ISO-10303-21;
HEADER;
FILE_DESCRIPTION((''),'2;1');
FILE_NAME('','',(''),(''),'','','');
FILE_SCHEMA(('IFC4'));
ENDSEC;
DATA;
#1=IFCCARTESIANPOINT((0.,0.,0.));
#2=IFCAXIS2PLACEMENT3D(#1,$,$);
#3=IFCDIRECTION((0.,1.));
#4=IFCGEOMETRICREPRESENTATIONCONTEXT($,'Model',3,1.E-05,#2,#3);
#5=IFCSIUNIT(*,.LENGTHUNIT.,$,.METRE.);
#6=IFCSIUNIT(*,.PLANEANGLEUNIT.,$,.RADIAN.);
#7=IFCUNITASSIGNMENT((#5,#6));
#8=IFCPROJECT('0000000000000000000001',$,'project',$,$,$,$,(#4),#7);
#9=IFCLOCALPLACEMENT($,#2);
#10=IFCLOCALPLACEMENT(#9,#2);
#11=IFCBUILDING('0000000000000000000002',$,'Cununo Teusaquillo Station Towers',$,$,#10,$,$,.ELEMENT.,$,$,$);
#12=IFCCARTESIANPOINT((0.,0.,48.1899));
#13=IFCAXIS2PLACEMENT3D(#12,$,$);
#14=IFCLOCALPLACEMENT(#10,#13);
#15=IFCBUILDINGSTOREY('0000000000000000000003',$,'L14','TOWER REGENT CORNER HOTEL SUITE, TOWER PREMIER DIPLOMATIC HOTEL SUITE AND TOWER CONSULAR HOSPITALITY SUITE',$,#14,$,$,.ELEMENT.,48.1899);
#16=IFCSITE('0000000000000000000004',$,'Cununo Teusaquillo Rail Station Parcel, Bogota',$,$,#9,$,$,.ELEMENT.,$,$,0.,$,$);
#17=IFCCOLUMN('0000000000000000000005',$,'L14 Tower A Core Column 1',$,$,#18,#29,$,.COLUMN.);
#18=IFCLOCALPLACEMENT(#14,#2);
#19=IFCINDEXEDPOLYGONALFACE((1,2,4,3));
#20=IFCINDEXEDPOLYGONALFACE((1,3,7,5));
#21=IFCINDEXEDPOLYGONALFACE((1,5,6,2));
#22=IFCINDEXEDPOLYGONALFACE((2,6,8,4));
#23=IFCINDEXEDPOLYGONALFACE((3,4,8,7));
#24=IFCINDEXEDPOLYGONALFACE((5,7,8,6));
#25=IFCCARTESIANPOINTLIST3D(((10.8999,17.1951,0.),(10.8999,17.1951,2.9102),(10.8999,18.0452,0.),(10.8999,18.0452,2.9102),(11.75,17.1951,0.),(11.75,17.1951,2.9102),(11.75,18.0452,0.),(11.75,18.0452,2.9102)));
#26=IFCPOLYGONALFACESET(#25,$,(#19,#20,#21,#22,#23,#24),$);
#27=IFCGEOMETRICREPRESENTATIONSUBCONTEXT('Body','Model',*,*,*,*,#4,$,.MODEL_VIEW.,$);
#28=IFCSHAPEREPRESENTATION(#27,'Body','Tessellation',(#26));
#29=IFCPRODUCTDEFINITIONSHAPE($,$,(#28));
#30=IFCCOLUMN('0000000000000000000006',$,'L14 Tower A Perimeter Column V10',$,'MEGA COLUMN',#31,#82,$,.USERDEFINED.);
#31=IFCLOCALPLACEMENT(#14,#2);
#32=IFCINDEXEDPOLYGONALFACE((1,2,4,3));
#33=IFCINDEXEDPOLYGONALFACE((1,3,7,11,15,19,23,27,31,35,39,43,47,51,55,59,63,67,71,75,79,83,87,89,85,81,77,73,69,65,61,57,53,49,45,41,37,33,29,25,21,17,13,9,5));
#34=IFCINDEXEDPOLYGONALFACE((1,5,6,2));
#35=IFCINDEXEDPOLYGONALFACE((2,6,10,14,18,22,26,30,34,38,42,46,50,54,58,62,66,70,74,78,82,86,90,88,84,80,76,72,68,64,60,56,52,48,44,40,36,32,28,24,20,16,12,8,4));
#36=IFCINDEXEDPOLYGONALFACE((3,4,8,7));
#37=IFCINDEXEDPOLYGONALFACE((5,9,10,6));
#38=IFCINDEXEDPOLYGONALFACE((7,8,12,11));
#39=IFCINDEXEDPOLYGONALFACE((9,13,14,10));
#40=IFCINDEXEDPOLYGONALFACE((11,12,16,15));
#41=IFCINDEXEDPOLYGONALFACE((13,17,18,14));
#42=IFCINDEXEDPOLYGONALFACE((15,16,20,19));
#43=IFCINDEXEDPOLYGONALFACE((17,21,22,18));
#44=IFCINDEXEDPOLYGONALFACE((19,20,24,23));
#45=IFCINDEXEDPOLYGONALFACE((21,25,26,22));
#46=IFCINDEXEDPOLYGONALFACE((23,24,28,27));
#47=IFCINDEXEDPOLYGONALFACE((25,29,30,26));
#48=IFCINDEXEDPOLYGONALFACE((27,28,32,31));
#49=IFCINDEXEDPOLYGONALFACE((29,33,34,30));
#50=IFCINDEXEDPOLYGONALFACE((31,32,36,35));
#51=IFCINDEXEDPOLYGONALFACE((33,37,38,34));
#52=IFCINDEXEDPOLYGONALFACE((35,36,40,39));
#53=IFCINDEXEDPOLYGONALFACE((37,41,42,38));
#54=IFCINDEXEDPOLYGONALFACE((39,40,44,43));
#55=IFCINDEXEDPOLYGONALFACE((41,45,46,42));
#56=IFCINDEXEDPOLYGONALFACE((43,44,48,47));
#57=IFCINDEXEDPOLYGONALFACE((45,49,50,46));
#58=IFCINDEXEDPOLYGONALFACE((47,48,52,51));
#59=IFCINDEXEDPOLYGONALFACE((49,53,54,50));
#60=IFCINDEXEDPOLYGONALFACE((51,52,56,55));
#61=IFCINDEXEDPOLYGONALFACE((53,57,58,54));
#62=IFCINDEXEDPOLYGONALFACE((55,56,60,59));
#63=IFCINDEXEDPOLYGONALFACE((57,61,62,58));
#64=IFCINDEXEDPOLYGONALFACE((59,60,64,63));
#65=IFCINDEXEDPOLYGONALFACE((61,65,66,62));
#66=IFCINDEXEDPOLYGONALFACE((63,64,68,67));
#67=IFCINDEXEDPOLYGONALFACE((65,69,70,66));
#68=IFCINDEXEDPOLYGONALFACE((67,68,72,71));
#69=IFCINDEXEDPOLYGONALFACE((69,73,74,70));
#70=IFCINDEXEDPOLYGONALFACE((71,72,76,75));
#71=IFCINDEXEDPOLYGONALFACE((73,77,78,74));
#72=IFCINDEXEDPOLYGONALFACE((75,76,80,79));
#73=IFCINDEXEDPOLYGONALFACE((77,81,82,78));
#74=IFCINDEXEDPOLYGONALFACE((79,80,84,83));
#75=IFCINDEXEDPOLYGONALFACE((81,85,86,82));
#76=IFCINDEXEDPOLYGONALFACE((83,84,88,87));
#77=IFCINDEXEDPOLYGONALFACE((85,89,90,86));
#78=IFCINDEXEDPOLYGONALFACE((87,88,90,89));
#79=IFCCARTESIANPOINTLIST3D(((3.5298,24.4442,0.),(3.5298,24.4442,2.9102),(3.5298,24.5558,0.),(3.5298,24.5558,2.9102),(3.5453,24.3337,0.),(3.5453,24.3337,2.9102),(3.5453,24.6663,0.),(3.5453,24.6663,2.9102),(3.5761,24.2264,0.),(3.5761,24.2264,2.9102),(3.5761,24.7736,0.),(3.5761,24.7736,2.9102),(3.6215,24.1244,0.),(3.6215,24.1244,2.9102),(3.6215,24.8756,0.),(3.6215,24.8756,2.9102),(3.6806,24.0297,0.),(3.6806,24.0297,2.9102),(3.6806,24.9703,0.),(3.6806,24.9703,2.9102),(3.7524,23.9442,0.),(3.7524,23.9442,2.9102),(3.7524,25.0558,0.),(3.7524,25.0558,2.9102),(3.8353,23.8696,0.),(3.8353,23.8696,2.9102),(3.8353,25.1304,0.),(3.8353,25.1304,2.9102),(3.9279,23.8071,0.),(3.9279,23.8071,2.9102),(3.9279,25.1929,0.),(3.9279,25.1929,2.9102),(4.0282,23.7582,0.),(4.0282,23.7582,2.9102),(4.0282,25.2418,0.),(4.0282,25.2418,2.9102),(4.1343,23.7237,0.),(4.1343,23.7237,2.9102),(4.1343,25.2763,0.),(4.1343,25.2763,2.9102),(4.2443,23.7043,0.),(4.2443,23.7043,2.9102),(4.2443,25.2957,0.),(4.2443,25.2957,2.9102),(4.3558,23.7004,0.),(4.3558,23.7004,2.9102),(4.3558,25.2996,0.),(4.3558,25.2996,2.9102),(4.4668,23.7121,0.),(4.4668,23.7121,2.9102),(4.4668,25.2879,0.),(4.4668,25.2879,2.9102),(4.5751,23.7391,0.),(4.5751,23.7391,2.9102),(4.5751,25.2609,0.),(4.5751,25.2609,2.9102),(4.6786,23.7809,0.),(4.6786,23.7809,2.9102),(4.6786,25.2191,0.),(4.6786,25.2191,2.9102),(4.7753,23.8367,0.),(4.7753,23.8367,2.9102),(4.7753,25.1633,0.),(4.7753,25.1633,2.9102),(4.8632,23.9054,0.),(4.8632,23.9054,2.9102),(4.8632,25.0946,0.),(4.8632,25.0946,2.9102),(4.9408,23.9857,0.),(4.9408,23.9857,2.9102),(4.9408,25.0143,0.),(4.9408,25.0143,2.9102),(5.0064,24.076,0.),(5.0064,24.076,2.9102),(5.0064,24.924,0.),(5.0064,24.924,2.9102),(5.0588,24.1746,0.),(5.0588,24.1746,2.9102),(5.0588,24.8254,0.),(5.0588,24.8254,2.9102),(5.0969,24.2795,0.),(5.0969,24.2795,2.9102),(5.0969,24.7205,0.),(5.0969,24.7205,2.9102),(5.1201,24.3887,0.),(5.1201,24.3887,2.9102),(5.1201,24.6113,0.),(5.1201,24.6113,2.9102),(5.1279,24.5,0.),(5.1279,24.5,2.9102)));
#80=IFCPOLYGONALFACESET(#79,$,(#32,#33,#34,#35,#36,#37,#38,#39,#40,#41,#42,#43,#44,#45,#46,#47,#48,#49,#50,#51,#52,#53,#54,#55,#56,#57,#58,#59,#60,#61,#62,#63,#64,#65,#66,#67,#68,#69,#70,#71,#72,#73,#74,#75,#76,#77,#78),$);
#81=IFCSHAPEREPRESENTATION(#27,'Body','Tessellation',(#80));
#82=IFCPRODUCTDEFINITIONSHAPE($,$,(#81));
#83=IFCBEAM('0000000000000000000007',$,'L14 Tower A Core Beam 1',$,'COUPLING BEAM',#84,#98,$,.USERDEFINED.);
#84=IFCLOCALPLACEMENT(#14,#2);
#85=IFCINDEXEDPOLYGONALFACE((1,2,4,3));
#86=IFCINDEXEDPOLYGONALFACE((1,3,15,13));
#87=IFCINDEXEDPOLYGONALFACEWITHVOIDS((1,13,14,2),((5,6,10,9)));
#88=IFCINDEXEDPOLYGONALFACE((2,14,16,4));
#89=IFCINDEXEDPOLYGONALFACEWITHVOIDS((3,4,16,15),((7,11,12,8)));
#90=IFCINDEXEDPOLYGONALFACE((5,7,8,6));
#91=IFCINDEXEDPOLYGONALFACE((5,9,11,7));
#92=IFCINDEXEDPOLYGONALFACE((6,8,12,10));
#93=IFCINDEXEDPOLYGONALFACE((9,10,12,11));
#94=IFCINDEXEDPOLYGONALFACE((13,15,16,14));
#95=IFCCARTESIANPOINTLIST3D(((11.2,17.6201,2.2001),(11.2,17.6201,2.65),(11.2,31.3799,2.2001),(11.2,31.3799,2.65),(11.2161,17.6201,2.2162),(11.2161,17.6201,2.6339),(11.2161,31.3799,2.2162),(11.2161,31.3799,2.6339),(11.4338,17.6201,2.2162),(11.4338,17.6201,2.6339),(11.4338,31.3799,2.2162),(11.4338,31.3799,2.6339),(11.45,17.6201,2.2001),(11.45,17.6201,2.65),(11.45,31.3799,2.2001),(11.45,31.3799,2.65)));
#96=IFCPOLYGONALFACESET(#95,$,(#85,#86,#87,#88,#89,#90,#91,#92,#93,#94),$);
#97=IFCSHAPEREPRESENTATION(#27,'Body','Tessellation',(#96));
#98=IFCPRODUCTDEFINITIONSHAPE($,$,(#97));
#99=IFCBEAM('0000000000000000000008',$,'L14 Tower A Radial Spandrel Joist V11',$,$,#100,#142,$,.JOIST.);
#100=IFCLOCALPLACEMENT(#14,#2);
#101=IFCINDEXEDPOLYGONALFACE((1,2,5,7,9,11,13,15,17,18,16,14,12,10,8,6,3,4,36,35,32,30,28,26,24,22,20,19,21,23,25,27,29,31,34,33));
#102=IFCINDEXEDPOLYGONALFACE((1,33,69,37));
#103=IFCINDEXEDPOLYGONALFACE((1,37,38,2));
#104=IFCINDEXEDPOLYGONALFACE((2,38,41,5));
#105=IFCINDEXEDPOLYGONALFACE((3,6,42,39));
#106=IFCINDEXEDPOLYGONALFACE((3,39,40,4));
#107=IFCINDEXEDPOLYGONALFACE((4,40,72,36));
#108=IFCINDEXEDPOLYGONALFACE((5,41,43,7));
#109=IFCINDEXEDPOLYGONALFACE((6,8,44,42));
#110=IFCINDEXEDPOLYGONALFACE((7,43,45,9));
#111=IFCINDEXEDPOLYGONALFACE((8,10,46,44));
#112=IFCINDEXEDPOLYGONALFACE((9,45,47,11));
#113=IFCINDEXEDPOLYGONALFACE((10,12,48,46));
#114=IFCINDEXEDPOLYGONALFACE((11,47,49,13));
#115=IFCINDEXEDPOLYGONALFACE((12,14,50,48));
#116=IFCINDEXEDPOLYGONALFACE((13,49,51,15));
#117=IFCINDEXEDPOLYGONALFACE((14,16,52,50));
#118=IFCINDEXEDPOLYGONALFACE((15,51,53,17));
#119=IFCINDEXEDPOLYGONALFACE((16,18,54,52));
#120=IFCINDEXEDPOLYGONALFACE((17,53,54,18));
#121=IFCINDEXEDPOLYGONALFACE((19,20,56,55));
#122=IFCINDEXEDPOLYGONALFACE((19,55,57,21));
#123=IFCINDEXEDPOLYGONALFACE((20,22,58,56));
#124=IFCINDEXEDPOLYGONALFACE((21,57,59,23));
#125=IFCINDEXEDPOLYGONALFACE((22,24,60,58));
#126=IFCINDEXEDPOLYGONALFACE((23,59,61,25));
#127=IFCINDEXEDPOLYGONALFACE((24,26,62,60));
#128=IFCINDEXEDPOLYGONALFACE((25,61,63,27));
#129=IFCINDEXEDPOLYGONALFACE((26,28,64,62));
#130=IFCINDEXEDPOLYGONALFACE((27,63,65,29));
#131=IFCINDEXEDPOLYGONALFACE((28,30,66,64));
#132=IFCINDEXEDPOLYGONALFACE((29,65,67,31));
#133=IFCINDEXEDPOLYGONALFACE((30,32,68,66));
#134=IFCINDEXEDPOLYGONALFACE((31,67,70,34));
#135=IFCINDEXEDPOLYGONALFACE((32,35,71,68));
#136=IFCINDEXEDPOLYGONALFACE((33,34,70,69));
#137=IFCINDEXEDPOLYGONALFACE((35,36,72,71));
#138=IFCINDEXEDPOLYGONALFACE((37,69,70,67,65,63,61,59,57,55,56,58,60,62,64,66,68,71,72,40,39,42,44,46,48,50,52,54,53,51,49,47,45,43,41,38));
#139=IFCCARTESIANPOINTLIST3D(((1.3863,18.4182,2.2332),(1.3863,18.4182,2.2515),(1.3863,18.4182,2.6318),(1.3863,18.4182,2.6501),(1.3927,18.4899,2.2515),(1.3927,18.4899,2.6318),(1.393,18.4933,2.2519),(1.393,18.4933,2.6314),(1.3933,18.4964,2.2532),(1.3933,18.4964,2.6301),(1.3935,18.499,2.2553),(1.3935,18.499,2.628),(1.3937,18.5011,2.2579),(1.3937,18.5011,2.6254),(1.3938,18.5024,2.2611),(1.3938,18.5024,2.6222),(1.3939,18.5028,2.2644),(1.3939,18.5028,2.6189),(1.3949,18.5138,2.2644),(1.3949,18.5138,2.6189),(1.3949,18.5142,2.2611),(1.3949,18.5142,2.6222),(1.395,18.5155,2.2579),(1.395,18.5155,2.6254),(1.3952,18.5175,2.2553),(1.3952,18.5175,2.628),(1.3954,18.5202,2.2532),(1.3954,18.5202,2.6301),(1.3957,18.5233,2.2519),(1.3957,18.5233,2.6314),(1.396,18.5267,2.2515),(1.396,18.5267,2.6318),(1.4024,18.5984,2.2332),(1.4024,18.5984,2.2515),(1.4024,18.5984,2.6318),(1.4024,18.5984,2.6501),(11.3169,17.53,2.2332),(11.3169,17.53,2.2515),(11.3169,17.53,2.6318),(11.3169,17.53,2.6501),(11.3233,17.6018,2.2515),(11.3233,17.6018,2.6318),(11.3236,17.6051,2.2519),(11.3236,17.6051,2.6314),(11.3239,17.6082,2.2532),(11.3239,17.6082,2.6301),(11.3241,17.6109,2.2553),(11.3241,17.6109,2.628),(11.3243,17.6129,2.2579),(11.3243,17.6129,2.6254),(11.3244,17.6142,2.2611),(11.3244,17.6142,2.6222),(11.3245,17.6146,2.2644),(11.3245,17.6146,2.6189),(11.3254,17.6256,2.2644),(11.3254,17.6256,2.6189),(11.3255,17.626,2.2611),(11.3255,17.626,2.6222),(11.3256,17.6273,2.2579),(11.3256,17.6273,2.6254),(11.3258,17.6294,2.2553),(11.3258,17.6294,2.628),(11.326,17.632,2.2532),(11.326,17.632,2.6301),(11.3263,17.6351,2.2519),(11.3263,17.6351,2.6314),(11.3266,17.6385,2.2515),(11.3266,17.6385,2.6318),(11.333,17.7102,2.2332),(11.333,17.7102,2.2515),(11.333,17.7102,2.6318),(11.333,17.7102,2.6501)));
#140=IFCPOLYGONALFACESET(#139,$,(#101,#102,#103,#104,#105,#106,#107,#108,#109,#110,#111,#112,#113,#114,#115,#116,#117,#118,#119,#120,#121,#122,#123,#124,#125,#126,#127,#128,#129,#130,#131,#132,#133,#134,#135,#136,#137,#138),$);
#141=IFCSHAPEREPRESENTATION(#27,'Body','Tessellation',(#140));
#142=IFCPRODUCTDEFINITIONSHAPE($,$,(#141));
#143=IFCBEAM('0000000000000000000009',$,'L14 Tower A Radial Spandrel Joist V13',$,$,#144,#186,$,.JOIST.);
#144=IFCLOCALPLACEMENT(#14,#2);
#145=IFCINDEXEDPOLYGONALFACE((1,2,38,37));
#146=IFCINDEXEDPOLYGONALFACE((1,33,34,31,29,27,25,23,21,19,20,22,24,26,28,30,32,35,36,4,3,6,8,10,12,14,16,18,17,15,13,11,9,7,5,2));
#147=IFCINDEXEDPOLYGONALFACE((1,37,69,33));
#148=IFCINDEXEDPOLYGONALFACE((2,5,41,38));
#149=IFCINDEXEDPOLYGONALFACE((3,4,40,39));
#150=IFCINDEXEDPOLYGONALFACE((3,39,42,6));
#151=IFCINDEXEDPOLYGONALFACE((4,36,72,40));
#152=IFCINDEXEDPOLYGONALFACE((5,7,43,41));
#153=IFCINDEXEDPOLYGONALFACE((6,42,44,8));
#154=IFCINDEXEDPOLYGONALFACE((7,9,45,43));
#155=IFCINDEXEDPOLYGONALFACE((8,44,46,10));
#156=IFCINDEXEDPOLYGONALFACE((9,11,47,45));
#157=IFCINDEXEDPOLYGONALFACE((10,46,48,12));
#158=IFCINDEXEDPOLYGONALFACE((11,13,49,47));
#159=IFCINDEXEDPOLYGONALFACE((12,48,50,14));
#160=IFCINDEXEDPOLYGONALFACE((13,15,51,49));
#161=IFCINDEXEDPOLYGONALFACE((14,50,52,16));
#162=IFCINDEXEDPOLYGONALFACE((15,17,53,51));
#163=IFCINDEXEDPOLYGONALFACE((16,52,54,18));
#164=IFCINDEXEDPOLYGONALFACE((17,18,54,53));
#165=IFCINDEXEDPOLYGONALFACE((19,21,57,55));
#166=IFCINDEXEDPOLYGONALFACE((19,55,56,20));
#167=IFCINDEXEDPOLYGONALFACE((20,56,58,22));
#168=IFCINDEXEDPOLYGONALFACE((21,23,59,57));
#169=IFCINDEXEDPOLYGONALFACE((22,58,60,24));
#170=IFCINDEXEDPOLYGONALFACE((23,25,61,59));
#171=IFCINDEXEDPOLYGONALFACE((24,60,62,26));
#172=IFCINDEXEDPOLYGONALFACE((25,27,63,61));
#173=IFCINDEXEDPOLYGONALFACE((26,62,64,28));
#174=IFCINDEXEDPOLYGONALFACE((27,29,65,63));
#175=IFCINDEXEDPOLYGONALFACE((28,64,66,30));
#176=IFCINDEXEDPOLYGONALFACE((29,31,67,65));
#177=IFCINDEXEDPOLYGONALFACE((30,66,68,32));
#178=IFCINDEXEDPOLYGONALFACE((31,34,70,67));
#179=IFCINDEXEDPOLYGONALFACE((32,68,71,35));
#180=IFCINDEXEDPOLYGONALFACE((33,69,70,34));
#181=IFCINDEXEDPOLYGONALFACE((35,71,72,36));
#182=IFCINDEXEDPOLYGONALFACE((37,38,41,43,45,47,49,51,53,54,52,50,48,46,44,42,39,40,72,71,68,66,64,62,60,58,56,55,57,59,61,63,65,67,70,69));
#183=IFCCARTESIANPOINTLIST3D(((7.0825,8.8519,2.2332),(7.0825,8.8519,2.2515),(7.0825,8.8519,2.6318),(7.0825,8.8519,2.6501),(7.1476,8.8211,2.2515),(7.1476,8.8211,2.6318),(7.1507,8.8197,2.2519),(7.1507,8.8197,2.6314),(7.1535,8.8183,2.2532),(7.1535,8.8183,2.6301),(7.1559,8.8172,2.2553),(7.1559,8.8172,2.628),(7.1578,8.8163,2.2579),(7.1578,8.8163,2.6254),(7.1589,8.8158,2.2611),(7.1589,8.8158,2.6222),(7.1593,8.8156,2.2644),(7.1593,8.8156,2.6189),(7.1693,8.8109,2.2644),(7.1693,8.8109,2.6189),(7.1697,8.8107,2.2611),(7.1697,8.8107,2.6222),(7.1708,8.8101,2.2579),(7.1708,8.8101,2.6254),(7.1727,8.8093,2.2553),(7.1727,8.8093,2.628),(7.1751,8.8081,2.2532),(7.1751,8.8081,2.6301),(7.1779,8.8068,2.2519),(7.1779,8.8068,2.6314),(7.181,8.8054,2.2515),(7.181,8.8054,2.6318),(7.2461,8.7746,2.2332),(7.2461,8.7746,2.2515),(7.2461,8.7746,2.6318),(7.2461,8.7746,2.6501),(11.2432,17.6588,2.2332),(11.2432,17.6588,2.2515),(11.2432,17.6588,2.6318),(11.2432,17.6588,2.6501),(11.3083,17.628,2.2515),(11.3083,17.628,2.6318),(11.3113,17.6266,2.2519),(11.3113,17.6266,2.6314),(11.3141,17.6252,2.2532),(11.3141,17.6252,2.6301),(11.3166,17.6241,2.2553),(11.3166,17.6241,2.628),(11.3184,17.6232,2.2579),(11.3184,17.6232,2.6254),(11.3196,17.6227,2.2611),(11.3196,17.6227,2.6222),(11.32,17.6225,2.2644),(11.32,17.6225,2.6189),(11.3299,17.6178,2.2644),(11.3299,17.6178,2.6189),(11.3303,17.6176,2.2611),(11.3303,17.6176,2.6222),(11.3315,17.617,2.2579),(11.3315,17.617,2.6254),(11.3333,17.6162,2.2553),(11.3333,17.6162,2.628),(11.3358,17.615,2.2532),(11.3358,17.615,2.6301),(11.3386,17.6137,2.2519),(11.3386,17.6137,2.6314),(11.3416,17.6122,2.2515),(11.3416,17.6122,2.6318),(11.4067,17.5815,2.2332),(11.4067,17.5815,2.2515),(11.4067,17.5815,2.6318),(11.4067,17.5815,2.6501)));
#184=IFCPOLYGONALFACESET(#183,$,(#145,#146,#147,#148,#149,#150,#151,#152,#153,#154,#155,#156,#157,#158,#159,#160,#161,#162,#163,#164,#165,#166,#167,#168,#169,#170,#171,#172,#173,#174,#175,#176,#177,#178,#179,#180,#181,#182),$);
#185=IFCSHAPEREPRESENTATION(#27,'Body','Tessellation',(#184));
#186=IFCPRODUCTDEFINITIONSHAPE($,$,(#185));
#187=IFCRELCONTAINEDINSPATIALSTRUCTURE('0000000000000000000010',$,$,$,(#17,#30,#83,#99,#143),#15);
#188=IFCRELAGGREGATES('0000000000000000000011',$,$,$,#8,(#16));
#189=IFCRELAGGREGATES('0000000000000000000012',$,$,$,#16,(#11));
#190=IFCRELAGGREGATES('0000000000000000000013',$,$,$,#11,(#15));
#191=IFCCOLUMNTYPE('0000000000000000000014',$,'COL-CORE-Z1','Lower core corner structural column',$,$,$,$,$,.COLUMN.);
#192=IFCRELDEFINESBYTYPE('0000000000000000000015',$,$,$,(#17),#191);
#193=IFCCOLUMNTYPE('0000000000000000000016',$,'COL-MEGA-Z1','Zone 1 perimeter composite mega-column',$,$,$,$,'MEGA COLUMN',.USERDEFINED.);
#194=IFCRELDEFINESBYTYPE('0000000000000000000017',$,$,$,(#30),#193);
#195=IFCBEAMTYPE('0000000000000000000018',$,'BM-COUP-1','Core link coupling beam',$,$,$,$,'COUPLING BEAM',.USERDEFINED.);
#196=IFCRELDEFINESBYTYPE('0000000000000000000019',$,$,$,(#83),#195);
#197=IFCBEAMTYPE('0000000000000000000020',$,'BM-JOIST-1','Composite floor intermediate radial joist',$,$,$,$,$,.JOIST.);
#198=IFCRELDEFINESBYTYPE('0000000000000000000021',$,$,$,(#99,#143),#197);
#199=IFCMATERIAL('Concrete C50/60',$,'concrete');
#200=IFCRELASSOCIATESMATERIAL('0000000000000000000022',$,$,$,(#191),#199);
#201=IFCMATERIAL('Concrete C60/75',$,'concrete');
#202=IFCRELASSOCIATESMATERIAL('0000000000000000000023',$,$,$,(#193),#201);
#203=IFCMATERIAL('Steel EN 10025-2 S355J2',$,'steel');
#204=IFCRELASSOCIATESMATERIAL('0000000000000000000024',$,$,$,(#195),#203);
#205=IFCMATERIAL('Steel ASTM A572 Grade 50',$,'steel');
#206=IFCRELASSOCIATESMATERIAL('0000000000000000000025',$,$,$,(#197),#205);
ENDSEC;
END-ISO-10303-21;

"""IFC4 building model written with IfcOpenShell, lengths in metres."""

from ifc_helpers import new_model, si_unit, direction, frame, origin, origin_2d, place, context, subcontext, project, spatial, rectangle, hollow_rectangle, circle, i_section, extrude, material, material_profile, profile_set, type_object, element, save


model = new_model("IFC4")

# Units and contexts
model_context = context("Model", 3, precision=1e-05, world=origin(), true_north=direction((0.0, 1.0)))
body_context = subcontext(model_context, "Body", "Model", "MODEL_VIEW")
ifc_project = project(units=[si_unit("LENGTHUNIT", "METRE"), si_unit("PLANEANGLEUNIT", "RADIAN")], contexts=[model_context])

# Site, building, storey
site_placement = place(None, origin())
site = spatial("IfcSite", under=ifc_project, at=site_placement, Name="Cununo Teusaquillo Rail Station Parcel, Bogota", CompositionType="ELEMENT", RefElevation=0.0)
building_placement = place(site_placement, origin())
building = spatial("IfcBuilding", under=site, at=building_placement, Name="Cununo Teusaquillo Station Towers", CompositionType="ELEMENT")
storey_placement = place(building_placement, frame((0.0, 0.0, 48.1899)))
storey = spatial("IfcBuildingStorey", under=building, at=storey_placement, Name="L14", Description="TOWER REGENT CORNER HOTEL SUITE, TOWER PREMIER DIPLOMATIC HOTEL SUITE AND TOWER CONSULAR HOSPITALITY SUITE", CompositionType="ELEMENT", Elevation=48.1899)

# Columns
ifc_material_1 = material(Name="Concrete C50/60", Category="concrete")
ifc_material_profile_1 = material_profile(ifc_material_1, rectangle(XDim=0.8501, YDim=0.8501, at=origin_2d()), Name="RC-RECT-850x850")
ifc_profile_set_1 = profile_set([ifc_material_profile_1], Name="Concrete C50/60")
column_type_1 = type_object("IfcColumnType", Name="COL-CORE-Z1", Description="Lower core corner structural column", PredefinedType="COLUMN", material=ifc_profile_set_1)
column_1_placement = place(storey_placement, frame((11.325, 17.6201, 0.0), z_axis=(0.0, 0.0, 1.0), x_axis=(1.0, 0.0, 0.0)))
element("IfcColumn", 1, at=column_1_placement, inside=storey, type_object=column_type_1, Name="L14 Tower A Core Column 1", PredefinedType="COLUMN", context=body_context, shape_type="SweptSolid", body=[
    extrude(rectangle(XDim=0.8501, YDim=0.8501, at=origin_2d()), origin(), (0.0, 0.0, 1.0), 2.9102),
])
ifc_material_2 = material(Name="Concrete C60/75", Category="concrete")
ifc_material_profile_2 = material_profile(ifc_material_2, circle(Radius=0.8, at=origin_2d()), Name="RC-CIRC-1600")
ifc_profile_set_2 = profile_set([ifc_material_profile_2], Name="Concrete C60/75")
column_type_2 = type_object("IfcColumnType", Name="COL-MEGA-Z1", Description="Zone 1 perimeter composite mega-column", ElementType="MEGA COLUMN", PredefinedType="USERDEFINED", material=ifc_profile_set_2)
column_2_placement = place(storey_placement, frame((4.3279, 24.5, 0.0), z_axis=(0.0, 0.0, 1.0), x_axis=(1.0, 0.0, 0.0)))
element("IfcColumn", 2, at=column_2_placement, inside=storey, type_object=column_type_2, Name="L14 Tower A Perimeter Column V10", ObjectType="MEGA COLUMN", PredefinedType="USERDEFINED", context=body_context, shape_type="SweptSolid", body=[
    extrude(circle(Radius=0.8, at=origin_2d()), origin(), (0.0, 0.0, 1.0), 2.9102),
])

# Beams
ifc_material_3 = material(Name="Steel EN 10025-2 S355J2", Category="steel")
ifc_material_profile_3 = material_profile(ifc_material_3, hollow_rectangle(XDim=0.25, YDim=0.45, WallThickness=0.0161, at=origin_2d()), Name="RHS 450x250x16")
ifc_profile_set_3 = profile_set([ifc_material_profile_3], Name="Steel EN 10025-2 S355J2")
beam_type_1 = type_object("IfcBeamType", Name="BM-COUP-1", Description="Core link coupling beam", ElementType="COUPLING BEAM", PredefinedType="USERDEFINED", material=ifc_profile_set_3)
beam_1_placement = place(storey_placement, frame((11.325, 17.6201, 2.425), z_axis=(0.0, 1.0, 0.0), x_axis=(-1.0, 0.0, 0.0)))
element("IfcBeam", 3, at=beam_1_placement, inside=storey, type_object=beam_type_1, Name="L14 Tower A Core Beam 1", ObjectType="COUPLING BEAM", PredefinedType="USERDEFINED", context=body_context, shape_type="SweptSolid", body=[
    extrude(hollow_rectangle(XDim=0.25, YDim=0.45, WallThickness=0.0161, at=origin_2d()), origin(), (0.0, 0.0, 1.0), 13.7598),
])
ifc_material_4 = material(Name="Steel ASTM A572 Grade 50", Category="steel")
ifc_material_profile_4 = material_profile(ifc_material_4, i_section(OverallWidth=0.1809, OverallDepth=0.417, WebThickness=0.011, FlangeThickness=0.0183, FilletRadius=0.0129, at=origin_2d()), Name="W16X57")
ifc_profile_set_4 = profile_set([ifc_material_profile_4], Name="Steel ASTM A572 Grade 50")
beam_type_2 = type_object("IfcBeamType", Name="BM-JOIST-1", Description="Composite floor intermediate radial joist", PredefinedType="JOIST", material=ifc_profile_set_4)
beam_2_placement = place(storey_placement, frame((11.325, 17.6201, 2.4417), z_axis=(-0.996024, 0.089083, 0.0), x_axis=(-0.089083, -0.996024, 0.0)))
element("IfcBeam", 4, at=beam_2_placement, inside=storey, type_object=beam_type_2, Name="L14 Tower A Radial Spandrel Joist V11", PredefinedType="JOIST", context=body_context, shape_type="SweptSolid", body=[
    extrude(i_section(OverallWidth=0.1809, OverallDepth=0.417, WebThickness=0.011, FlangeThickness=0.0183, FilletRadius=0.0129, at=origin_2d()), origin(), (0.0, 0.0, 1.0), 9.9702),
])
beam_3_placement = place(storey_placement, frame((11.325, 17.6201, 2.4417), z_axis=(-0.427161, -0.904176, 0.0), x_axis=(0.904176, -0.427161, 0.0)))
element("IfcBeam", 5, at=beam_3_placement, inside=storey, type_object=beam_type_2, Name="L14 Tower A Radial Spandrel Joist V13", PredefinedType="JOIST", context=body_context, shape_type="SweptSolid", body=[
    extrude(i_section(OverallWidth=0.1809, OverallDepth=0.417, WebThickness=0.011, FlangeThickness=0.0183, FilletRadius=0.0129, at=origin_2d()), origin(), (0.0, 0.0, 1.0), 9.7402),
])

save(model, "model.ifc")
